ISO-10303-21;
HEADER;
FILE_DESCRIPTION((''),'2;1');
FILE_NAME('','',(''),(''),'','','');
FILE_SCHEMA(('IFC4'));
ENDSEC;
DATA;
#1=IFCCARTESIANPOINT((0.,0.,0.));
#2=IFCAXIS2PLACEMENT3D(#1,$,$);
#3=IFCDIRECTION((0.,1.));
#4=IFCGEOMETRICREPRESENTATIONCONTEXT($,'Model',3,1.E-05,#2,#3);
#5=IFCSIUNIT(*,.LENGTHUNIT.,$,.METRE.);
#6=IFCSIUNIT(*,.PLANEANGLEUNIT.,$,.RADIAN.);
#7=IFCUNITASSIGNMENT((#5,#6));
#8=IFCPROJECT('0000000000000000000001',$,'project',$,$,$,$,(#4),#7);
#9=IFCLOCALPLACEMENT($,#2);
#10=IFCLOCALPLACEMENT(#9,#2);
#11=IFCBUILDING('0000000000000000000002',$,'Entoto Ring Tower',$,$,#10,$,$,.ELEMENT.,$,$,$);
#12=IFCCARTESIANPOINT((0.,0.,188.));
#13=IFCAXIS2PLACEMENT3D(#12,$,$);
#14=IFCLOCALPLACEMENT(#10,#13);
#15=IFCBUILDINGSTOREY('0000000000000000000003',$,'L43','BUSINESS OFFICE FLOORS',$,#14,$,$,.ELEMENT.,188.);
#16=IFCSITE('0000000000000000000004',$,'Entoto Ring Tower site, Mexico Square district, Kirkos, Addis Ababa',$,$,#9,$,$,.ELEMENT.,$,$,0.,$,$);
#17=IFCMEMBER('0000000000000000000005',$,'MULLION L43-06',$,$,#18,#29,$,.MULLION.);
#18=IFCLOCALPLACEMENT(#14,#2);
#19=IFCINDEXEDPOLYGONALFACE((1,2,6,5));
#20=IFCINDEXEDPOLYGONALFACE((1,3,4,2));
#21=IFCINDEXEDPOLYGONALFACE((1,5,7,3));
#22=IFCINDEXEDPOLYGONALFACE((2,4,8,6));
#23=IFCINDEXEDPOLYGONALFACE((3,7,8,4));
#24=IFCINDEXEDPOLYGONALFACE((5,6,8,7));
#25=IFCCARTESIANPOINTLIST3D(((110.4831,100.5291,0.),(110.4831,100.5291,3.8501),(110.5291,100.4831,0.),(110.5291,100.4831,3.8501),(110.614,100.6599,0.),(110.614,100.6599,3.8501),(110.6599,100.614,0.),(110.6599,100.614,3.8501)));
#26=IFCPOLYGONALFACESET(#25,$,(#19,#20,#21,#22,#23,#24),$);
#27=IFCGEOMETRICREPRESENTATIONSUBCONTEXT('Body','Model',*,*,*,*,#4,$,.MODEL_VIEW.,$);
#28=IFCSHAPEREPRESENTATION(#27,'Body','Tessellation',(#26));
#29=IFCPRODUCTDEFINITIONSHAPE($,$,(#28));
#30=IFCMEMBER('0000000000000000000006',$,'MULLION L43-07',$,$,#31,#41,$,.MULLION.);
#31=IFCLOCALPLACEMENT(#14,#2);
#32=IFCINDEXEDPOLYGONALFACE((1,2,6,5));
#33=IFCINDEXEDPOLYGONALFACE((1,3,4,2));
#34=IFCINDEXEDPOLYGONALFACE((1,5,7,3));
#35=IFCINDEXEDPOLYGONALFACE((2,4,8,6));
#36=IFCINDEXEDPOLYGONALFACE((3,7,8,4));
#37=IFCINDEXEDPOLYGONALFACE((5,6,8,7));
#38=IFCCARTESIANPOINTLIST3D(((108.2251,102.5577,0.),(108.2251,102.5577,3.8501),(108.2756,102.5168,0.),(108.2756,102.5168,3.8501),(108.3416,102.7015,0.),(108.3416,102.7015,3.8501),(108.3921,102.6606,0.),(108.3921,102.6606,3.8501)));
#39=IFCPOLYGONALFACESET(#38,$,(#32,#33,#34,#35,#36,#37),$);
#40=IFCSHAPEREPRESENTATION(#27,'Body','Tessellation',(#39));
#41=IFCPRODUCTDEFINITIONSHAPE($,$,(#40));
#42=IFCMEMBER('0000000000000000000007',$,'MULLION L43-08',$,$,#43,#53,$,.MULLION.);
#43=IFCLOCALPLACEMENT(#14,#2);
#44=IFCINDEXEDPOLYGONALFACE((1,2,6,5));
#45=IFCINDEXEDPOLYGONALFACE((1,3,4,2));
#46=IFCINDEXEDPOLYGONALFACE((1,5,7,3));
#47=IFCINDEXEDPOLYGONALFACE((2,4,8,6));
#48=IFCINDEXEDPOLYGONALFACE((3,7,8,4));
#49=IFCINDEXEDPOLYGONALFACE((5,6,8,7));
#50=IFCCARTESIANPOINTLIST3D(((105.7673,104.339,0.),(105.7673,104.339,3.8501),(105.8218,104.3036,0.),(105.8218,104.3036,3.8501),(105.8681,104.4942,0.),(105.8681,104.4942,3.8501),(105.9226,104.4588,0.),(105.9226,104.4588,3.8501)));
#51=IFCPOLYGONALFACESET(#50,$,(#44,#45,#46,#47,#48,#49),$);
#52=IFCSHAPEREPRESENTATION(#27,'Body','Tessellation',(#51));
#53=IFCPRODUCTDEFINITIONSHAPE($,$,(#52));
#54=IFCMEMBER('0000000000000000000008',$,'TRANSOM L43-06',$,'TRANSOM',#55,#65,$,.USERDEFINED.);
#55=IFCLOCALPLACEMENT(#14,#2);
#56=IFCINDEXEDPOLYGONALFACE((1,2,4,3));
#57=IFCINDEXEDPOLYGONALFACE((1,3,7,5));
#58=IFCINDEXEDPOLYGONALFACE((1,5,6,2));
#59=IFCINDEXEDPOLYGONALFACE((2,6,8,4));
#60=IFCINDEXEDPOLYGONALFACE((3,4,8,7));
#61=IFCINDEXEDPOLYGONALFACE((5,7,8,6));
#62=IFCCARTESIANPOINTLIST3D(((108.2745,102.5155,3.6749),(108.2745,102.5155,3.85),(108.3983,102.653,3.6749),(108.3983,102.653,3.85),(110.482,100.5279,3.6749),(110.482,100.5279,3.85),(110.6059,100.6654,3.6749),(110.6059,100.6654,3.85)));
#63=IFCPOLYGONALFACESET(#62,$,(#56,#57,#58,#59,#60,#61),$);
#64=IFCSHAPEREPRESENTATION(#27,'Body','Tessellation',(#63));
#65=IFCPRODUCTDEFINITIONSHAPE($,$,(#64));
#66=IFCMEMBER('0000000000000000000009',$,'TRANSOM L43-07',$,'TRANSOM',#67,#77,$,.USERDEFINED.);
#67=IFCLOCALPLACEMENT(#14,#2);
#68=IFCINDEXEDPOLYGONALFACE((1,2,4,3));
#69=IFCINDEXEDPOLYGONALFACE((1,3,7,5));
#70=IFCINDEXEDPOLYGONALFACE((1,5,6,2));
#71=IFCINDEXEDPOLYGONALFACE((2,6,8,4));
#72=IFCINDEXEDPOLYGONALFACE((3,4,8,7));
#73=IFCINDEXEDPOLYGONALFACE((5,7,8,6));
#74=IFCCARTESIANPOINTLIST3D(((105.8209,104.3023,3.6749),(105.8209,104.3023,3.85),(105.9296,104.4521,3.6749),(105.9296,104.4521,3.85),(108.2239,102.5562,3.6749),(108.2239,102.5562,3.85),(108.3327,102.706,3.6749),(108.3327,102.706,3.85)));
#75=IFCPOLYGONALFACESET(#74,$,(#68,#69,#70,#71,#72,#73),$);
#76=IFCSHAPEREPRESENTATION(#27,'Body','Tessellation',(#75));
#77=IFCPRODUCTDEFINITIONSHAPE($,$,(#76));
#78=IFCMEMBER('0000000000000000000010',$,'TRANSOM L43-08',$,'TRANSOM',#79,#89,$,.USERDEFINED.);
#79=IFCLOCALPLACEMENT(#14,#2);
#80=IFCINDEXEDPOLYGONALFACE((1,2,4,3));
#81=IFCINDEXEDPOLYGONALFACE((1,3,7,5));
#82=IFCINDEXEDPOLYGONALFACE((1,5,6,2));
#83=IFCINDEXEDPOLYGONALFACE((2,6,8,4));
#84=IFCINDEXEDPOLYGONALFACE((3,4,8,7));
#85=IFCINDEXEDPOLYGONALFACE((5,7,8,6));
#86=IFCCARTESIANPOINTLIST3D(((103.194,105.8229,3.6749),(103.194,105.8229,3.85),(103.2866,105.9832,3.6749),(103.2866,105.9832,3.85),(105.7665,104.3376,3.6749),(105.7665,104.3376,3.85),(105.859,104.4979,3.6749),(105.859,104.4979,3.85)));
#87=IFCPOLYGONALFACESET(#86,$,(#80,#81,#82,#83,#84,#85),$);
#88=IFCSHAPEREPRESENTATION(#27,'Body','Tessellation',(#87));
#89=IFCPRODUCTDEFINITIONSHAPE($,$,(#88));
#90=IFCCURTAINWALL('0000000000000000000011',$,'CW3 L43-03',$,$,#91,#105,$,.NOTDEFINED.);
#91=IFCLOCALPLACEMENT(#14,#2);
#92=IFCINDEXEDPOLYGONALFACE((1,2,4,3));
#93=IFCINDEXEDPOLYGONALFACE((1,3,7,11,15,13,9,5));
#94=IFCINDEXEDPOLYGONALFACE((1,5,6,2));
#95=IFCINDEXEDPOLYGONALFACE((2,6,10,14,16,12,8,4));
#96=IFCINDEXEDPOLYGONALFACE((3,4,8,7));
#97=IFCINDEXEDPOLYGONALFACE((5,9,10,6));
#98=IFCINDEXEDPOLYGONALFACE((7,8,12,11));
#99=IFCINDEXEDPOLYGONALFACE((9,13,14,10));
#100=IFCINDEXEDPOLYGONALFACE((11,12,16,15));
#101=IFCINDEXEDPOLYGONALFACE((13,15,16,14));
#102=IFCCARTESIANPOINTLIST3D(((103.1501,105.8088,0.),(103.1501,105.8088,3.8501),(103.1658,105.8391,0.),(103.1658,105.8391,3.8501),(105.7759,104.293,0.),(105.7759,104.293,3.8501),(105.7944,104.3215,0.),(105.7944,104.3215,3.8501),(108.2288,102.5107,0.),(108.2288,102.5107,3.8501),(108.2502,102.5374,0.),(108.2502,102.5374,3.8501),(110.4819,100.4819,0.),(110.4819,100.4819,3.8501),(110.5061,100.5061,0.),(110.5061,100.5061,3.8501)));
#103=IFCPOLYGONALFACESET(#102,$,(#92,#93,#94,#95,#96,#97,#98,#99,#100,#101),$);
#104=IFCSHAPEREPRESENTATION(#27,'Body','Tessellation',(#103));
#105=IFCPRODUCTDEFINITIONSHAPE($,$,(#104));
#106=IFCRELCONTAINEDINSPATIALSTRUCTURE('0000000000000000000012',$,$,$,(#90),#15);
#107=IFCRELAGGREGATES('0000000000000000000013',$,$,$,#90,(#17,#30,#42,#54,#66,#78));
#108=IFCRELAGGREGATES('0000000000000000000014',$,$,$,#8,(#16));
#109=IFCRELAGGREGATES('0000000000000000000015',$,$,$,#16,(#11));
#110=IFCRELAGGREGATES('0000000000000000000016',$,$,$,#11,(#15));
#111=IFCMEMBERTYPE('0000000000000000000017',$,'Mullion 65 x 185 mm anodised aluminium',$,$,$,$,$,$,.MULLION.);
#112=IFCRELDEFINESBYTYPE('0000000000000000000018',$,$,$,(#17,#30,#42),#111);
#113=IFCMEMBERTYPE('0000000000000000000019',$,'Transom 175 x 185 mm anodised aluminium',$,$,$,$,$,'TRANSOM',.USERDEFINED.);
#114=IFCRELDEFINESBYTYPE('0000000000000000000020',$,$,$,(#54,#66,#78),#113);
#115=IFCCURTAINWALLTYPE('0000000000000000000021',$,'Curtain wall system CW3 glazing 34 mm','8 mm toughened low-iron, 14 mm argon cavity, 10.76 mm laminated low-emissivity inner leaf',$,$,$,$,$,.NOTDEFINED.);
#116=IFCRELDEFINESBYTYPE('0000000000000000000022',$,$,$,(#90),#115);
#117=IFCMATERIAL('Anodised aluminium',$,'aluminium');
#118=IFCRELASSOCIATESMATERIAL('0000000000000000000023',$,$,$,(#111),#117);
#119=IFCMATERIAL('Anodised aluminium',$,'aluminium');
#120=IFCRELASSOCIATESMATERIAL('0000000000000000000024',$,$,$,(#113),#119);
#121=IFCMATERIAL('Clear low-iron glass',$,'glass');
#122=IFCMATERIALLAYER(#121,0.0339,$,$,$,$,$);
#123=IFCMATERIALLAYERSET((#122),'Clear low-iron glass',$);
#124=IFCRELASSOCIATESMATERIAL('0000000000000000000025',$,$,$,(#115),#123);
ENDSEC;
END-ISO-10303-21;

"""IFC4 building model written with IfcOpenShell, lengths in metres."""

from ifc_helpers import new_model, si_unit, direction, frame, origin, origin_2d, place, context, subcontext, project, spatial, polyline, rectangle, outline, extrude, material, layer, layer_set, material_profile, profile_set, type_object, element, aggregate, save


model = new_model("IFC4")

# Units and contexts
model_context = context("Model", 3, precision=1e-05, world=origin(), true_north=direction((0.0, 1.0)))
body_context = subcontext(model_context, "Body", "Model", "MODEL_VIEW")
ifc_project = project(units=[si_unit("LENGTHUNIT", "METRE"), si_unit("PLANEANGLEUNIT", "RADIAN")], contexts=[model_context])

# Members
ifc_material_1 = material(Name="Anodised aluminium", Category="aluminium")
ifc_material_profile_1 = material_profile(ifc_material_1, rectangle(XDim=0.0649, YDim=0.1851, at=origin_2d()), Name="Mullion 65 x 185 mm anodised aluminium")
ifc_profile_set_1 = profile_set([ifc_material_profile_1], Name="Anodised aluminium")
member_type_1 = type_object("IfcMemberType", Name="Mullion 65 x 185 mm anodised aluminium", PredefinedType="MULLION", material=ifc_profile_set_1)
site_placement = place(None, origin())
building_placement = place(site_placement, origin())
storey_placement = place(building_placement, frame((0.0, 0.0, 188.0)))
member_1_placement = place(storey_placement, frame((110.5715, 100.5715, 0.0), z_axis=(0.0, 0.0, 1.0), x_axis=(-0.707107, 0.707107, 0.0)))
member_1 = element("IfcMember", 1, at=member_1_placement, type_object=member_type_1, Name="MULLION L43-06", PredefinedType="MULLION", context=body_context, shape_type="SweptSolid", body=[
    extrude(rectangle(XDim=0.0649, YDim=0.1851, at=origin_2d()), origin(), (0.0, 0.0, 1.0), 3.8501),
])
member_2_placement = place(storey_placement, frame((108.3086, 102.6091, 0.0), z_axis=(0.0, 0.0, 1.0), x_axis=(-0.777146, 0.62932, 0.0)))
member_2 = element("IfcMember", 2, at=member_2_placement, type_object=member_type_1, Name="MULLION L43-07", PredefinedType="MULLION", context=body_context, shape_type="SweptSolid", body=[
    extrude(rectangle(XDim=0.0649, YDim=0.1851, at=origin_2d()), origin(), (0.0, 0.0, 1.0), 3.8501),
])
member_3_placement = place(storey_placement, frame((105.845, 104.3989, 0.0), z_axis=(0.0, 0.0, 1.0), x_axis=(-0.838671, 0.544639, 0.0)))
member_3 = element("IfcMember", 3, at=member_3_placement, type_object=member_type_1, Name="MULLION L43-08", PredefinedType="MULLION", context=body_context, shape_type="SweptSolid", body=[
    extrude(rectangle(XDim=0.0649, YDim=0.1851, at=origin_2d()), origin(), (0.0, 0.0, 1.0), 3.8501),
])
ifc_material_2 = material(Name="Anodised aluminium", Category="aluminium")
ifc_material_profile_2 = material_profile(ifc_material_2, rectangle(XDim=0.1851, YDim=0.175, at=origin_2d()), Name="Transom 175 x 185 mm anodised aluminium")
ifc_profile_set_2 = profile_set([ifc_material_profile_2], Name="Anodised aluminium")
member_type_2 = type_object("IfcMemberType", Name="Transom 175 x 185 mm anodised aluminium", ElementType="TRANSOM", PredefinedType="USERDEFINED", material=ifc_profile_set_2)
member_4_placement = place(storey_placement, frame((110.5439, 100.5967, 3.7625), z_axis=(-0.743163, 0.66911, 0.0), x_axis=(-0.66911, -0.743163, 0.0)))
member_4 = element("IfcMember", 4, at=member_4_placement, type_object=member_type_2, Name="TRANSOM L43-06", ObjectType="TRANSOM", PredefinedType="USERDEFINED", context=body_context, shape_type="SweptSolid", body=[
    extrude(rectangle(XDim=0.1851, YDim=0.175, at=origin_2d()), origin(), (0.0, 0.0, 1.0), 2.9705),
])
member_5_placement = place(storey_placement, frame((108.2783, 102.6311, 3.7625), z_axis=(-0.808992, 0.58782, 0.0), x_axis=(-0.58782, -0.808992, 0.0)))
member_5 = element("IfcMember", 5, at=member_5_placement, type_object=member_type_2, Name="TRANSOM L43-07", ObjectType="TRANSOM", PredefinedType="USERDEFINED", context=body_context, shape_type="SweptSolid", body=[
    extrude(rectangle(XDim=0.1851, YDim=0.175, at=origin_2d()), origin(), (0.0, 0.0, 1.0), 2.9705),
])
member_6_placement = place(storey_placement, frame((105.8127, 104.4177, 3.7625), z_axis=(-0.866009, 0.500028, 0.0), x_axis=(-0.500028, -0.866009, 0.0)))
member_6 = element("IfcMember", 6, at=member_6_placement, type_object=member_type_2, Name="TRANSOM L43-08", ObjectType="TRANSOM", PredefinedType="USERDEFINED", context=body_context, shape_type="SweptSolid", body=[
    extrude(rectangle(XDim=0.1851, YDim=0.175, at=origin_2d()), origin(), (0.0, 0.0, 1.0), 2.9705),
])

# Site, building, storey
site = spatial("IfcSite", under=ifc_project, at=site_placement, Name="Entoto Ring Tower site, Mexico Square district, Kirkos, Addis Ababa", CompositionType="ELEMENT", RefElevation=0.0)
building = spatial("IfcBuilding", under=site, at=building_placement, Name="Entoto Ring Tower", CompositionType="ELEMENT")
storey = spatial("IfcBuildingStorey", under=building, at=storey_placement, Name="L43", Description="BUSINESS OFFICE FLOORS", CompositionType="ELEMENT", Elevation=188.0)

# Curtain wall
ifc_material_3 = material(Name="Clear low-iron glass", Category="glass")
ifc_layer = layer(ifc_material_3, 0.0339)
ifc_layer_set = layer_set([ifc_layer], Name="Clear low-iron glass")
curtain_wall_type = type_object("IfcCurtainWallType", Name="Curtain wall system CW3 glazing 34 mm", Description="8 mm toughened low-iron, 14 mm argon cavity, 10.76 mm laminated low-emissivity inner leaf", PredefinedType="NOTDEFINED", material=ifc_layer_set)
curtain_wall_1_placement = place(storey_placement, origin())
curtain_wall_1 = element("IfcCurtainWall", 7, at=curtain_wall_1_placement, inside=storey, type_object=curtain_wall_type, Name="CW3 L43-03", PredefinedType="NOTDEFINED", context=body_context, shape_type="SweptSolid", body=[
    extrude(outline(polyline([(110.5061, 100.5061), (108.2502, 102.5374), (105.7944, 104.3215), (103.1658, 105.8391), (103.1501, 105.8088), (105.7759, 104.293), (108.2288, 102.5107), (110.4819, 100.4819), (110.5061, 100.5061)])), origin(), (0.0, 0.0, 1.0), 3.8501),
])
aggregate(curtain_wall_1, [member_1, member_2, member_3, member_4, member_5, member_6])

save(model, "model.ifc")
